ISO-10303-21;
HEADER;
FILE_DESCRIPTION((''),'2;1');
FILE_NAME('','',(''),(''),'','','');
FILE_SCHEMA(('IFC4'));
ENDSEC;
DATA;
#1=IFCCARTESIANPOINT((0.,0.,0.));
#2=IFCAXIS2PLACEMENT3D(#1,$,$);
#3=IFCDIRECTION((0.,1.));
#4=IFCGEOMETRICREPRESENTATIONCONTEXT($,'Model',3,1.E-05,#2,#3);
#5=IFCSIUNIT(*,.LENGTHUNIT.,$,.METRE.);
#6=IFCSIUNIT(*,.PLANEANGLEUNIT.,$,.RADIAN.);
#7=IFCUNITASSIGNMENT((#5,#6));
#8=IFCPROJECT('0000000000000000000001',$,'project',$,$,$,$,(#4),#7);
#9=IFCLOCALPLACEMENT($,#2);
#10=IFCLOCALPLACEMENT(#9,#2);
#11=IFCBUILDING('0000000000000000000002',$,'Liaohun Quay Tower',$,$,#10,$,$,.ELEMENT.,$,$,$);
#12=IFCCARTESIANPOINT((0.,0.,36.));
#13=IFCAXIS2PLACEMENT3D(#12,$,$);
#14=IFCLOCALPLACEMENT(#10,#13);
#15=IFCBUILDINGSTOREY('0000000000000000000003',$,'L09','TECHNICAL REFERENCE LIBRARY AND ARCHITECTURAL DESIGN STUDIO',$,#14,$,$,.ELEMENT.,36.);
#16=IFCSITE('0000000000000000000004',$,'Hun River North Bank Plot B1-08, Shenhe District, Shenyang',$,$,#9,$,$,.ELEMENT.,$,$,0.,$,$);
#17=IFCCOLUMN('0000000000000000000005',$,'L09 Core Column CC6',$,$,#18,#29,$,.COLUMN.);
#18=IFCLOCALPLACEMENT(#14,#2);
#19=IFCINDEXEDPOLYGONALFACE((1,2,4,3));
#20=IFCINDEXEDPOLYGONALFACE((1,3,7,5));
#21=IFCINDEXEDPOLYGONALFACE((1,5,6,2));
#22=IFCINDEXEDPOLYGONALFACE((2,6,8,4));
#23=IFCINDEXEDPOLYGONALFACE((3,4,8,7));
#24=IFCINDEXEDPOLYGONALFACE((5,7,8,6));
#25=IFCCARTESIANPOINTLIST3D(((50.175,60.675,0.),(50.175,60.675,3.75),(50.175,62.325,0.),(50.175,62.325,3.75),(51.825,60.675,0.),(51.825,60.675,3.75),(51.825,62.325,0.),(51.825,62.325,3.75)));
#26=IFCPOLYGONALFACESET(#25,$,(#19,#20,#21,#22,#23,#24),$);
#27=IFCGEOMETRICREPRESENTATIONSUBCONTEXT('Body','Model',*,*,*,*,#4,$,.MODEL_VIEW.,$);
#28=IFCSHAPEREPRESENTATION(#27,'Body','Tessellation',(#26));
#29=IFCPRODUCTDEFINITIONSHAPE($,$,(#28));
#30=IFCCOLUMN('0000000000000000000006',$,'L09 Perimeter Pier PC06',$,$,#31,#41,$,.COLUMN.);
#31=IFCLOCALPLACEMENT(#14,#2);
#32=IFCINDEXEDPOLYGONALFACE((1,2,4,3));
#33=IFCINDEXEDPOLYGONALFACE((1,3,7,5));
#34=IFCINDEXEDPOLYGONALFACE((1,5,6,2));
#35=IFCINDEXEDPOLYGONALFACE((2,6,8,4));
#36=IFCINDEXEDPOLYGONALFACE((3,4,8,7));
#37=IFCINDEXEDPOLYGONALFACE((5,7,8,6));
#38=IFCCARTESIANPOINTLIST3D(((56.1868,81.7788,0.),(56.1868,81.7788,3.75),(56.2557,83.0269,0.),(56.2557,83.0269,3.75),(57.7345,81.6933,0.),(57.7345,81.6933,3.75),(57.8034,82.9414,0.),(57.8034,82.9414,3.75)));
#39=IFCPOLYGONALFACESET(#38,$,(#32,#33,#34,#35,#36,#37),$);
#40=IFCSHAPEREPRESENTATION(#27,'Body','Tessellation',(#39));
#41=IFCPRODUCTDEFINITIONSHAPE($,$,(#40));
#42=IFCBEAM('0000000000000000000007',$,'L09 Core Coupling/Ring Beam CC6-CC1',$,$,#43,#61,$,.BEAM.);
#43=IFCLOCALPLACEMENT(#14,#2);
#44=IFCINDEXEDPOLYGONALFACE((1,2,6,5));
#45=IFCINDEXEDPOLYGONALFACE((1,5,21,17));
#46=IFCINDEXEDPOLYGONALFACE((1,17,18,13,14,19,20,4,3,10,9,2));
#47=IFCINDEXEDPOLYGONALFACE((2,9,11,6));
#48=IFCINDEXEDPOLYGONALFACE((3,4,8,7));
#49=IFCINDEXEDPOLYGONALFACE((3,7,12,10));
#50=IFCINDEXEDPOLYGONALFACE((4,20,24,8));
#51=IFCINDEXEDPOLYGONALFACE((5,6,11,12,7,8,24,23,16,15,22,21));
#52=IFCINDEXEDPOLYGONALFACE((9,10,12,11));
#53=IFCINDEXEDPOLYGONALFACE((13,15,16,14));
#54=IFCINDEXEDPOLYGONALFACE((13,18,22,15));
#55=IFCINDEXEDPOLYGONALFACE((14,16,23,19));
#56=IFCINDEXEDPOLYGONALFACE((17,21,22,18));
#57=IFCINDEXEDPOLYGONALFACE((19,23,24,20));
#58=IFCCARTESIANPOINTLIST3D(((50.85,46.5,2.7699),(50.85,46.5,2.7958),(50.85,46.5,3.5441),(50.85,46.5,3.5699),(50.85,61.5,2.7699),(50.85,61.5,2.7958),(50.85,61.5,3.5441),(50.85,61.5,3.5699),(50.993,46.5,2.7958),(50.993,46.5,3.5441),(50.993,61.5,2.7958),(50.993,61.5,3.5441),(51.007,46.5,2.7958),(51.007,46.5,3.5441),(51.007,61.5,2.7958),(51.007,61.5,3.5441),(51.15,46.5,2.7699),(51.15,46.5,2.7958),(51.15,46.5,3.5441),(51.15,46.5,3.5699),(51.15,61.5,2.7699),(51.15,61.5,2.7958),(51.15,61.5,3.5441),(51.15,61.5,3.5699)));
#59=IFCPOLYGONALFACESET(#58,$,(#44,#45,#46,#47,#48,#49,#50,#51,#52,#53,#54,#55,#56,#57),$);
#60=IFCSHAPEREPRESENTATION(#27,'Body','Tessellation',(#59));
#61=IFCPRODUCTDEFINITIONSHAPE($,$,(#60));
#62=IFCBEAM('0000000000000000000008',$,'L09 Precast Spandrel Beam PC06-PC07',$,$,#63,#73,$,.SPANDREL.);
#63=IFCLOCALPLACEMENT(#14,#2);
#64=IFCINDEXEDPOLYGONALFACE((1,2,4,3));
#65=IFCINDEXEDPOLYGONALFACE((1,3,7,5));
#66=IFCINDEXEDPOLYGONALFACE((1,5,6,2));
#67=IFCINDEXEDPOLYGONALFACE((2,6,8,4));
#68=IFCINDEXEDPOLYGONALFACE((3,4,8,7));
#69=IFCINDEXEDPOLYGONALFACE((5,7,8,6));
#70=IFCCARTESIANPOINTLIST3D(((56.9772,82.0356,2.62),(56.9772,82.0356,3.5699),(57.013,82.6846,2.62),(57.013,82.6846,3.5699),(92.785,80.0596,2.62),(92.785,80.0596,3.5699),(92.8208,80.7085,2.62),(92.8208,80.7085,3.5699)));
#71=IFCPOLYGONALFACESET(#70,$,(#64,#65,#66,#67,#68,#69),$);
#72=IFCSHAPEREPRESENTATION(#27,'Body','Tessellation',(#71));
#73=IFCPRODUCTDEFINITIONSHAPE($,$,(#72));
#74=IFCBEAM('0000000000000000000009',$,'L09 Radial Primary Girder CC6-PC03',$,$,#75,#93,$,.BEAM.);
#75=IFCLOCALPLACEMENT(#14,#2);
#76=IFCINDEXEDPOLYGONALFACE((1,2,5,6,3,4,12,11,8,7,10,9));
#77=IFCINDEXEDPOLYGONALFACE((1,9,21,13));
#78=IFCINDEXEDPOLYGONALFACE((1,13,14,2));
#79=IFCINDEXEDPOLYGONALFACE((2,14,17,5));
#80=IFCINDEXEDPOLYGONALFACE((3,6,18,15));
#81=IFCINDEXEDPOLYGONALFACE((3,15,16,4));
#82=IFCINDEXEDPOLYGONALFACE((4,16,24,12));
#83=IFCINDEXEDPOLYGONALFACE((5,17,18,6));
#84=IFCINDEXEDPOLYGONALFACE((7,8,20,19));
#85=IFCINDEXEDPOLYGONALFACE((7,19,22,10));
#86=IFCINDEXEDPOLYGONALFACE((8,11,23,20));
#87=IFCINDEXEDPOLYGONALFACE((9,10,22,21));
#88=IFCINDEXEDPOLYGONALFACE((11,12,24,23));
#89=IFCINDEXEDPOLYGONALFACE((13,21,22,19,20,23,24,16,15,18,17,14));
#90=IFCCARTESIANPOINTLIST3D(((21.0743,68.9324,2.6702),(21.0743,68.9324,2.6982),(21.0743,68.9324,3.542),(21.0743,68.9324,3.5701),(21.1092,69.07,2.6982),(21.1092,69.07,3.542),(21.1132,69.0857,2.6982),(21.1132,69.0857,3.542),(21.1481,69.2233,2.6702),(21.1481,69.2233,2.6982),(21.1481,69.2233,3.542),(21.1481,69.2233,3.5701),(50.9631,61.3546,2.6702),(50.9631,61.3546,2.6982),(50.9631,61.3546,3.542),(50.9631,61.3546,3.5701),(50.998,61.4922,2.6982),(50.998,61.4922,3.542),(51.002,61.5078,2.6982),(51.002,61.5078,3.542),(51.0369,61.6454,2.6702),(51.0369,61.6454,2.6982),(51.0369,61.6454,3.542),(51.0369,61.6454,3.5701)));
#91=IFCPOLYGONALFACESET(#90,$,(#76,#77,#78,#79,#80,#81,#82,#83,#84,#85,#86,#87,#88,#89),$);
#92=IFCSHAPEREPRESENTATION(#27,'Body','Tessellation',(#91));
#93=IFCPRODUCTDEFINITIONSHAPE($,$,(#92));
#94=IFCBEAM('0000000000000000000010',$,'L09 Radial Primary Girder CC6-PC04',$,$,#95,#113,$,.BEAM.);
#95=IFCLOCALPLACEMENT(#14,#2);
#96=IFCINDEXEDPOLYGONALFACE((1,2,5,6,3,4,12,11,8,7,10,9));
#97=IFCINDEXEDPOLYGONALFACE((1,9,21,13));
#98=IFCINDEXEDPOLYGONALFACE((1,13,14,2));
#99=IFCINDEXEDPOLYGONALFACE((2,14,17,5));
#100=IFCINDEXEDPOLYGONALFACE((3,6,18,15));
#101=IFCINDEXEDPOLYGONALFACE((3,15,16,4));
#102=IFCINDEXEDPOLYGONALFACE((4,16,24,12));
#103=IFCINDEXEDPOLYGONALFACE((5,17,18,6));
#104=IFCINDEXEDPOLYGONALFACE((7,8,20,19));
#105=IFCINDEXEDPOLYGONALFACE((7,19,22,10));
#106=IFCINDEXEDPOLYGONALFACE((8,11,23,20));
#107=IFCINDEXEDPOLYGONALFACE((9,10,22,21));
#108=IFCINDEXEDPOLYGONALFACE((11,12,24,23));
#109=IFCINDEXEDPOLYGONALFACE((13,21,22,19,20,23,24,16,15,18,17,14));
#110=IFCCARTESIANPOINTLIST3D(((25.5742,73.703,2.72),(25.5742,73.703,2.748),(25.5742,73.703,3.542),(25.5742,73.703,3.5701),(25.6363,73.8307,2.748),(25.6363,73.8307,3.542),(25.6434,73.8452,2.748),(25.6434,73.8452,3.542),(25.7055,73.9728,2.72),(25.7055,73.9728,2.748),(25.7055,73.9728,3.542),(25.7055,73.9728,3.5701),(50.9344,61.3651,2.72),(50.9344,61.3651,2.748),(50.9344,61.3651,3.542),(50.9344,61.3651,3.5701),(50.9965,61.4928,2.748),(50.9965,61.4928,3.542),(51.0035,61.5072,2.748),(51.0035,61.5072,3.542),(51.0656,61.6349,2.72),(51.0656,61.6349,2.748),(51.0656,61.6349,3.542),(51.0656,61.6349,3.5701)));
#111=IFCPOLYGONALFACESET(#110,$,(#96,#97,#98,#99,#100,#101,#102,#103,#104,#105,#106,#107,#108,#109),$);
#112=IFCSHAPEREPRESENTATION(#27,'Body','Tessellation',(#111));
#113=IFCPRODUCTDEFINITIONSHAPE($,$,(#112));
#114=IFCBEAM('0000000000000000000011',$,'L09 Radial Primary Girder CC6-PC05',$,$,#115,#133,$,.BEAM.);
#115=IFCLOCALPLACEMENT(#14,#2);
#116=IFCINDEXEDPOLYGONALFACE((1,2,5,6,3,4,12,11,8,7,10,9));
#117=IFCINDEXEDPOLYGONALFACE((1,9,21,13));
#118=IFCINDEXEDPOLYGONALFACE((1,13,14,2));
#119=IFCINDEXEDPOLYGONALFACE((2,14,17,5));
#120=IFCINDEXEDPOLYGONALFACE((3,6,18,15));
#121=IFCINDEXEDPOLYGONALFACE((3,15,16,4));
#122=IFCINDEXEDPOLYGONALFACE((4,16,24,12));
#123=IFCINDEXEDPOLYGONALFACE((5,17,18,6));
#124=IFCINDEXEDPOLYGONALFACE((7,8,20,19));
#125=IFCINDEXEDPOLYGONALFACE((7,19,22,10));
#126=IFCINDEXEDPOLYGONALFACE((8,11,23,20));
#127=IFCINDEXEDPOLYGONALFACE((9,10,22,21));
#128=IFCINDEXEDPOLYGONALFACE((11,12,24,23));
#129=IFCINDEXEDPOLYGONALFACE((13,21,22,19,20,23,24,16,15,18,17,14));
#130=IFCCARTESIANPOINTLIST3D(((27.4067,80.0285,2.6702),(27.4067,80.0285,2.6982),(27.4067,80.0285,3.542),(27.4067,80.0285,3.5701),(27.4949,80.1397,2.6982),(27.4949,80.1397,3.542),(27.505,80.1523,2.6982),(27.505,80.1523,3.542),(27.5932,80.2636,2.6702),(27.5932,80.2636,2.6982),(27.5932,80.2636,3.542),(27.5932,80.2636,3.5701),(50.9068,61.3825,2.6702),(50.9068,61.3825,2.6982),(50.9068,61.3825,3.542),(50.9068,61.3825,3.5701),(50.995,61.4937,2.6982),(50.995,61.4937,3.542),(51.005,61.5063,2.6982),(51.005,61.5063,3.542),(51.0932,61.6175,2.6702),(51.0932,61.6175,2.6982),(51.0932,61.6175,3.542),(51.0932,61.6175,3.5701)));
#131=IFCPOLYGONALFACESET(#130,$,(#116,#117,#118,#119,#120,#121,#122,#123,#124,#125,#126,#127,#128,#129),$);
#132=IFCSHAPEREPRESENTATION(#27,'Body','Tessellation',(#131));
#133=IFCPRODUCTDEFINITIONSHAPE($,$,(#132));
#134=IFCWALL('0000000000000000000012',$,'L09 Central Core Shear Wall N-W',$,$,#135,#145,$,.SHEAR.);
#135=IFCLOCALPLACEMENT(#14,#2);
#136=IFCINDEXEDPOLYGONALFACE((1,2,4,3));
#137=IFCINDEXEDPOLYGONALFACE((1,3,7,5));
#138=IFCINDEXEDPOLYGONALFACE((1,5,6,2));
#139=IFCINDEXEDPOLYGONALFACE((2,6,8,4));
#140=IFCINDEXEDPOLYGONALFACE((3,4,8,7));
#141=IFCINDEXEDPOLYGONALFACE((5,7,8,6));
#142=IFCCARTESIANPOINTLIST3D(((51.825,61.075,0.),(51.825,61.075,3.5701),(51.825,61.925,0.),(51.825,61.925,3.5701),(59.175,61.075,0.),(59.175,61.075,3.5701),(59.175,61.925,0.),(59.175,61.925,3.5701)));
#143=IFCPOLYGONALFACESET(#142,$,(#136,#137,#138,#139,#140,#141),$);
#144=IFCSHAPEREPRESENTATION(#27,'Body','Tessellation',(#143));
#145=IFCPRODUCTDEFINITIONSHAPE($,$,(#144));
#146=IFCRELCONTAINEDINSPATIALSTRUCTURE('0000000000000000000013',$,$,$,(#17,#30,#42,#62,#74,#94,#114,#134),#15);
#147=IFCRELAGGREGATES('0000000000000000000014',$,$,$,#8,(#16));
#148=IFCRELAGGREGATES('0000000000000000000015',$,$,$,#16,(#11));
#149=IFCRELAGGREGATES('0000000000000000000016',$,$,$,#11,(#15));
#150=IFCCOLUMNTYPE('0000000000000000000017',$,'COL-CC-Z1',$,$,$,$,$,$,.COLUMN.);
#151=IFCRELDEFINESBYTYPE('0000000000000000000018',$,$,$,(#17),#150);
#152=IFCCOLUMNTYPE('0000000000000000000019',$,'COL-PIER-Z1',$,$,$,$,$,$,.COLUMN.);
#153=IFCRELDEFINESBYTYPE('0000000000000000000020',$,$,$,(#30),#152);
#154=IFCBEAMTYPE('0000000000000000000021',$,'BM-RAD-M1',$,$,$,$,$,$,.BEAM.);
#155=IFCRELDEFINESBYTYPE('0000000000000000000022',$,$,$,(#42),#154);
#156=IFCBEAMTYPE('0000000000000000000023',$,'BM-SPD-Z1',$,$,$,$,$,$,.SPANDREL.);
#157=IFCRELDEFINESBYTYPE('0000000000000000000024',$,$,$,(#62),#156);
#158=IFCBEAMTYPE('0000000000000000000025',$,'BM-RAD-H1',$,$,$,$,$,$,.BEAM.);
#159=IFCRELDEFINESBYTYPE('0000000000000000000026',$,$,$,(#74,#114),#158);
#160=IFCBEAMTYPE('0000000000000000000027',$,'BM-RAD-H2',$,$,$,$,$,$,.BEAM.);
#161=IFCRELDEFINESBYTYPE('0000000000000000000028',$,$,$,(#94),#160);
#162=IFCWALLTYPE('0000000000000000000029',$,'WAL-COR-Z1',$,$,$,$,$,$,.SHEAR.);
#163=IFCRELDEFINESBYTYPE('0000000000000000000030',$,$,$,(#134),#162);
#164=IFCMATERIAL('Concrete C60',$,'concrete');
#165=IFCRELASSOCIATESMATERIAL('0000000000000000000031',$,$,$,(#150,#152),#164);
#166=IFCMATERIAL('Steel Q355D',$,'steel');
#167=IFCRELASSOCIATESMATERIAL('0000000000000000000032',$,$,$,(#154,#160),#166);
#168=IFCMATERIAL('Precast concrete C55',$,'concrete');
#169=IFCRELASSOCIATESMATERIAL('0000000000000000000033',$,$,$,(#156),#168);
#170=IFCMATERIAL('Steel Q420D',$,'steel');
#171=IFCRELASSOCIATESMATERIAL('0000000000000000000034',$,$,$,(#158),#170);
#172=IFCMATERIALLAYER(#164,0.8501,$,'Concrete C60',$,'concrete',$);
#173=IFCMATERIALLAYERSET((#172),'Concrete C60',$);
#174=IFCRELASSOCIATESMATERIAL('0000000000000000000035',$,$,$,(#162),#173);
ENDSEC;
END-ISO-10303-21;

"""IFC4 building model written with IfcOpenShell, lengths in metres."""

from ifc_helpers import new_model, si_unit, direction, frame, frame_2d, origin, origin_2d, place, context, subcontext, project, spatial, rectangle, i_section, extrude, source, transform, mapped, material, layer, layer_set, material_profile, profile_set, type_object, element, save


model = new_model("IFC4")

# Units and contexts
model_context = context("Model", 3, precision=1e-05, world=origin(), true_north=direction((0.0, 1.0)))
body_context = subcontext(model_context, "Body", "Model", "MODEL_VIEW")
ifc_project = project(units=[si_unit("LENGTHUNIT", "METRE"), si_unit("PLANEANGLEUNIT", "RADIAN")], contexts=[model_context])

# Site, building, storey
site_placement = place(None, origin())
site = spatial("IfcSite", under=ifc_project, at=site_placement, Name="Hun River North Bank Plot B1-08, Shenhe District, Shenyang", CompositionType="ELEMENT", RefElevation=0.0)
building_placement = place(site_placement, origin())
building = spatial("IfcBuilding", under=site, at=building_placement, Name="Liaohun Quay Tower", CompositionType="ELEMENT")
storey_placement = place(building_placement, frame((0.0, 0.0, 36.0)))
storey = spatial("IfcBuildingStorey", under=building, at=storey_placement, Name="L09", Description="TECHNICAL REFERENCE LIBRARY AND ARCHITECTURAL DESIGN STUDIO", CompositionType="ELEMENT", Elevation=36.0)

# Columns
ifc_material_1 = material(Name="Concrete C60", Category="concrete")
ifc_material_profile_1 = material_profile(ifc_material_1, rectangle(XDim=1.6499, YDim=1.6499, at=origin_2d()), Name="RC1650x1650")
ifc_profile_set_1 = profile_set([ifc_material_profile_1], Name="Concrete C60")
column_type_1 = type_object("IfcColumnType", Name="COL-CC-Z1", PredefinedType="COLUMN", material=ifc_profile_set_1)
shared_shape_1 = source(origin(), body_context, "Body", "SweptSolid", [
    extrude(rectangle(XDim=1.6499, YDim=1.6499, at=origin_2d()), origin(), (0.0, 0.0, 1.0), 3.75),
])
column_1_placement = place(storey_placement, frame((51.0, 61.5, 0.0), z_axis=(0.0, 0.0, 1.0), x_axis=(1.0, 0.0, 0.0)))
element("IfcColumn", 1, at=column_1_placement, inside=storey, type_object=column_type_1, Name="L09 Core Column CC6", PredefinedType="COLUMN", context=body_context, shape_type="MappedRepresentation", body=[
    mapped(shared_shape_1, transform((0.0, 0.0, 0.0), x_axis=(1.0, 0.0, 0.0), y_axis=(0.0, 1.0, 0.0), z_axis=(0.0, 0.0, 1.0), scale=1.0)),
])
ifc_material_profile_2 = material_profile(ifc_material_1, rectangle(XDim=1.55, YDim=1.25, at=origin_2d()), Name="RC1550x1250")
ifc_profile_set_2 = profile_set([ifc_material_profile_2], Name="Concrete C60")
column_type_2 = type_object("IfcColumnType", Name="COL-PIER-Z1", PredefinedType="COLUMN", material=ifc_profile_set_2)
shared_shape_2 = source(origin(), body_context, "Body", "SweptSolid", [
    extrude(rectangle(XDim=1.55, YDim=1.25, at=origin_2d()), origin(), (0.0, 0.0, 1.0), 3.75),
])
column_2_placement = place(storey_placement, frame((56.9951, 82.3601, 0.0), z_axis=(0.0, 0.0, 1.0), x_axis=(-0.998479, 0.055124, 0.0)))
element("IfcColumn", 2, at=column_2_placement, inside=storey, type_object=column_type_2, Name="L09 Perimeter Pier PC06", PredefinedType="COLUMN", context=body_context, shape_type="MappedRepresentation", body=[
    mapped(shared_shape_2, transform((0.0, 0.0, 0.0), x_axis=(1.0, 0.0, 0.0), y_axis=(0.0, 1.0, 0.0), z_axis=(0.0, 0.0, 1.0), scale=1.0)),
])

# Beams
ifc_material_2 = material(Name="Steel Q355D", Category="steel")
ifc_material_profile_3 = material_profile(ifc_material_2, i_section(OverallWidth=0.3, OverallDepth=0.8, WebThickness=0.0139, FlangeThickness=0.0259, at=origin_2d()), Name="HN800x300x14x26")
ifc_profile_set_3 = profile_set([ifc_material_profile_3], Name="Steel Q355D")
beam_type_1 = type_object("IfcBeamType", Name="BM-RAD-M1", PredefinedType="BEAM", material=ifc_profile_set_3)
shared_shape_3 = source(origin(), body_context, "Body", "SweptSolid", [
    extrude(i_section(OverallWidth=0.3, OverallDepth=0.8, WebThickness=0.0139, FlangeThickness=0.0259, at=origin_2d()), origin(), (0.0, 0.0, 1.0), 15.0),
])
beam_1_placement = place(storey_placement, frame((51.0, 61.5, 3.1699), z_axis=(0.0, -1.0, 0.0), x_axis=(1.0, 0.0, 0.0)))
element("IfcBeam", 3, at=beam_1_placement, inside=storey, type_object=beam_type_1, Name="L09 Core Coupling/Ring Beam CC6-CC1", PredefinedType="BEAM", context=body_context, shape_type="MappedRepresentation", body=[
    mapped(shared_shape_3, transform((0.0, 0.0, 0.0), x_axis=(1.0, 0.0, 0.0), y_axis=(0.0, 1.0, 0.0), z_axis=(0.0, 0.0, 1.0), scale=1.0)),
])
ifc_material_3 = material(Name="Precast concrete C55", Category="concrete")
ifc_material_profile_4 = material_profile(ifc_material_3, rectangle(XDim=0.6499, YDim=0.95, at=origin_2d()), Name="RC650x950")
ifc_profile_set_4 = profile_set([ifc_material_profile_4], Name="Precast concrete C55")
beam_type_2 = type_object("IfcBeamType", Name="BM-SPD-Z1", PredefinedType="SPANDREL", material=ifc_profile_set_4)
shared_shape_4 = source(origin(), body_context, "Body", "SweptSolid", [
    extrude(rectangle(XDim=0.6499, YDim=0.95, at=origin_2d()), origin(), (0.0, 0.0, 1.0), 35.8623),
])
beam_2_placement = place(storey_placement, frame((56.9951, 82.3601, 3.095), z_axis=(0.998481, -0.055102, 0.0), x_axis=(0.055102, 0.998481, 0.0)))
element("IfcBeam", 4, at=beam_2_placement, inside=storey, type_object=beam_type_2, Name="L09 Precast Spandrel Beam PC06-PC07", PredefinedType="SPANDREL", context=body_context, shape_type="MappedRepresentation", body=[
    mapped(shared_shape_4, transform((0.0, 0.0, 0.0), x_axis=(1.0, 0.0, 0.0), y_axis=(0.0, 1.0, 0.0), z_axis=(0.0, 0.0, 1.0), scale=1.0)),
])
ifc_material_4 = material(Name="Steel Q420D", Category="steel")
ifc_material_profile_5 = material_profile(ifc_material_4, i_section(OverallWidth=0.3, OverallDepth=0.8999, WebThickness=0.0161, FlangeThickness=0.0281, at=origin_2d()), Name="HN900x300x16x28")
ifc_profile_set_5 = profile_set([ifc_material_profile_5], Name="Steel Q420D")
beam_type_3 = type_object("IfcBeamType", Name="BM-RAD-H1", PredefinedType="BEAM", material=ifc_profile_set_5)
shared_shape_5 = source(origin(), body_context, "Body", "SweptSolid", [
    extrude(i_section(OverallWidth=0.3, OverallDepth=0.8999, WebThickness=0.0161, FlangeThickness=0.0281, at=origin_2d()), origin(), (0.0, 0.0, 1.0), 30.8345),
])
beam_3_placement = place(storey_placement, frame((51.0, 61.5, 3.1201), z_axis=(-0.969331, 0.245759, 0.0), x_axis=(-0.245759, -0.969331, 0.0)))
element("IfcBeam", 5, at=beam_3_placement, inside=storey, type_object=beam_type_3, Name="L09 Radial Primary Girder CC6-PC03", PredefinedType="BEAM", context=body_context, shape_type="MappedRepresentation", body=[
    mapped(shared_shape_5, transform((0.0, 0.0, 0.0), x_axis=(1.0, 0.0, 0.0), y_axis=(0.0, 1.0, 0.0), z_axis=(0.0, 0.0, 1.0), scale=1.0)),
])
ifc_material_profile_6 = material_profile(ifc_material_2, i_section(OverallWidth=0.3, OverallDepth=0.8501, WebThickness=0.0161, FlangeThickness=0.0281, at=origin_2d()), Name="HN850x300x16x28")
ifc_profile_set_6 = profile_set([ifc_material_profile_6], Name="Steel Q355D")
beam_type_4 = type_object("IfcBeamType", Name="BM-RAD-H2", PredefinedType="BEAM", material=ifc_profile_set_6)
shared_shape_6 = source(origin(), body_context, "Body", "SweptSolid", [
    extrude(i_section(OverallWidth=0.3, OverallDepth=0.8501, WebThickness=0.0161, FlangeThickness=0.0281, at=origin_2d()), origin(), (0.0, 0.0, 1.0), 28.2021),
])
beam_4_placement = place(storey_placement, frame((51.0, 61.5, 3.145), z_axis=(-0.899228, 0.437481, 0.0), x_axis=(-0.437481, -0.899228, 0.0)))
element("IfcBeam", 6, at=beam_4_placement, inside=storey, type_object=beam_type_4, Name="L09 Radial Primary Girder CC6-PC04", PredefinedType="BEAM", context=body_context, shape_type="MappedRepresentation", body=[
    mapped(shared_shape_6, transform((0.0, 0.0, 0.0), x_axis=(1.0, 0.0, 0.0), y_axis=(0.0, 1.0, 0.0), z_axis=(0.0, 0.0, 1.0), scale=1.0)),
])
shared_shape_7 = source(origin(), body_context, "Body", "SweptSolid", [
    extrude(i_section(OverallWidth=0.3, OverallDepth=0.8999, WebThickness=0.0161, FlangeThickness=0.0281, at=origin_2d()), origin(), (0.0, 0.0, 1.0), 29.9988),
])
beam_5_placement = place(storey_placement, frame((51.0, 61.5, 3.1201), z_axis=(-0.783367, 0.62156, 0.0), x_axis=(-0.62156, -0.783367, 0.0)))
element("IfcBeam", 7, at=beam_5_placement, inside=storey, type_object=beam_type_3, Name="L09 Radial Primary Girder CC6-PC05", PredefinedType="BEAM", context=body_context, shape_type="MappedRepresentation", body=[
    mapped(shared_shape_7, transform((0.0, 0.0, 0.0), x_axis=(1.0, 0.0, 0.0), y_axis=(0.0, 1.0, 0.0), z_axis=(0.0, 0.0, 1.0), scale=1.0)),
])

# Wall
ifc_layer_1 = layer(ifc_material_1, 0.8501, Name="Concrete C60", Category="concrete")
ifc_layer_set_1 = layer_set([ifc_layer_1], Name="Concrete C60")
wall_type_1 = type_object("IfcWallType", Name="WAL-COR-Z1", PredefinedType="SHEAR", material=ifc_layer_set_1)
wall_1_placement = place(storey_placement, frame((51.825, 61.5, 0.0), z_axis=(0.0, 0.0, 1.0), x_axis=(1.0, 0.0, 0.0)))
element("IfcWall", 8, at=wall_1_placement, inside=storey, type_object=wall_type_1, Name="L09 Central Core Shear Wall N-W", PredefinedType="SHEAR", context=body_context, shape_type="SweptSolid", body=[
    extrude(rectangle(XDim=7.3501, YDim=0.8501, at=frame_2d((3.675, 0.0))), origin(), (0.0, 0.0, 1.0), 3.5701),
])

save(model, "model.ifc")
